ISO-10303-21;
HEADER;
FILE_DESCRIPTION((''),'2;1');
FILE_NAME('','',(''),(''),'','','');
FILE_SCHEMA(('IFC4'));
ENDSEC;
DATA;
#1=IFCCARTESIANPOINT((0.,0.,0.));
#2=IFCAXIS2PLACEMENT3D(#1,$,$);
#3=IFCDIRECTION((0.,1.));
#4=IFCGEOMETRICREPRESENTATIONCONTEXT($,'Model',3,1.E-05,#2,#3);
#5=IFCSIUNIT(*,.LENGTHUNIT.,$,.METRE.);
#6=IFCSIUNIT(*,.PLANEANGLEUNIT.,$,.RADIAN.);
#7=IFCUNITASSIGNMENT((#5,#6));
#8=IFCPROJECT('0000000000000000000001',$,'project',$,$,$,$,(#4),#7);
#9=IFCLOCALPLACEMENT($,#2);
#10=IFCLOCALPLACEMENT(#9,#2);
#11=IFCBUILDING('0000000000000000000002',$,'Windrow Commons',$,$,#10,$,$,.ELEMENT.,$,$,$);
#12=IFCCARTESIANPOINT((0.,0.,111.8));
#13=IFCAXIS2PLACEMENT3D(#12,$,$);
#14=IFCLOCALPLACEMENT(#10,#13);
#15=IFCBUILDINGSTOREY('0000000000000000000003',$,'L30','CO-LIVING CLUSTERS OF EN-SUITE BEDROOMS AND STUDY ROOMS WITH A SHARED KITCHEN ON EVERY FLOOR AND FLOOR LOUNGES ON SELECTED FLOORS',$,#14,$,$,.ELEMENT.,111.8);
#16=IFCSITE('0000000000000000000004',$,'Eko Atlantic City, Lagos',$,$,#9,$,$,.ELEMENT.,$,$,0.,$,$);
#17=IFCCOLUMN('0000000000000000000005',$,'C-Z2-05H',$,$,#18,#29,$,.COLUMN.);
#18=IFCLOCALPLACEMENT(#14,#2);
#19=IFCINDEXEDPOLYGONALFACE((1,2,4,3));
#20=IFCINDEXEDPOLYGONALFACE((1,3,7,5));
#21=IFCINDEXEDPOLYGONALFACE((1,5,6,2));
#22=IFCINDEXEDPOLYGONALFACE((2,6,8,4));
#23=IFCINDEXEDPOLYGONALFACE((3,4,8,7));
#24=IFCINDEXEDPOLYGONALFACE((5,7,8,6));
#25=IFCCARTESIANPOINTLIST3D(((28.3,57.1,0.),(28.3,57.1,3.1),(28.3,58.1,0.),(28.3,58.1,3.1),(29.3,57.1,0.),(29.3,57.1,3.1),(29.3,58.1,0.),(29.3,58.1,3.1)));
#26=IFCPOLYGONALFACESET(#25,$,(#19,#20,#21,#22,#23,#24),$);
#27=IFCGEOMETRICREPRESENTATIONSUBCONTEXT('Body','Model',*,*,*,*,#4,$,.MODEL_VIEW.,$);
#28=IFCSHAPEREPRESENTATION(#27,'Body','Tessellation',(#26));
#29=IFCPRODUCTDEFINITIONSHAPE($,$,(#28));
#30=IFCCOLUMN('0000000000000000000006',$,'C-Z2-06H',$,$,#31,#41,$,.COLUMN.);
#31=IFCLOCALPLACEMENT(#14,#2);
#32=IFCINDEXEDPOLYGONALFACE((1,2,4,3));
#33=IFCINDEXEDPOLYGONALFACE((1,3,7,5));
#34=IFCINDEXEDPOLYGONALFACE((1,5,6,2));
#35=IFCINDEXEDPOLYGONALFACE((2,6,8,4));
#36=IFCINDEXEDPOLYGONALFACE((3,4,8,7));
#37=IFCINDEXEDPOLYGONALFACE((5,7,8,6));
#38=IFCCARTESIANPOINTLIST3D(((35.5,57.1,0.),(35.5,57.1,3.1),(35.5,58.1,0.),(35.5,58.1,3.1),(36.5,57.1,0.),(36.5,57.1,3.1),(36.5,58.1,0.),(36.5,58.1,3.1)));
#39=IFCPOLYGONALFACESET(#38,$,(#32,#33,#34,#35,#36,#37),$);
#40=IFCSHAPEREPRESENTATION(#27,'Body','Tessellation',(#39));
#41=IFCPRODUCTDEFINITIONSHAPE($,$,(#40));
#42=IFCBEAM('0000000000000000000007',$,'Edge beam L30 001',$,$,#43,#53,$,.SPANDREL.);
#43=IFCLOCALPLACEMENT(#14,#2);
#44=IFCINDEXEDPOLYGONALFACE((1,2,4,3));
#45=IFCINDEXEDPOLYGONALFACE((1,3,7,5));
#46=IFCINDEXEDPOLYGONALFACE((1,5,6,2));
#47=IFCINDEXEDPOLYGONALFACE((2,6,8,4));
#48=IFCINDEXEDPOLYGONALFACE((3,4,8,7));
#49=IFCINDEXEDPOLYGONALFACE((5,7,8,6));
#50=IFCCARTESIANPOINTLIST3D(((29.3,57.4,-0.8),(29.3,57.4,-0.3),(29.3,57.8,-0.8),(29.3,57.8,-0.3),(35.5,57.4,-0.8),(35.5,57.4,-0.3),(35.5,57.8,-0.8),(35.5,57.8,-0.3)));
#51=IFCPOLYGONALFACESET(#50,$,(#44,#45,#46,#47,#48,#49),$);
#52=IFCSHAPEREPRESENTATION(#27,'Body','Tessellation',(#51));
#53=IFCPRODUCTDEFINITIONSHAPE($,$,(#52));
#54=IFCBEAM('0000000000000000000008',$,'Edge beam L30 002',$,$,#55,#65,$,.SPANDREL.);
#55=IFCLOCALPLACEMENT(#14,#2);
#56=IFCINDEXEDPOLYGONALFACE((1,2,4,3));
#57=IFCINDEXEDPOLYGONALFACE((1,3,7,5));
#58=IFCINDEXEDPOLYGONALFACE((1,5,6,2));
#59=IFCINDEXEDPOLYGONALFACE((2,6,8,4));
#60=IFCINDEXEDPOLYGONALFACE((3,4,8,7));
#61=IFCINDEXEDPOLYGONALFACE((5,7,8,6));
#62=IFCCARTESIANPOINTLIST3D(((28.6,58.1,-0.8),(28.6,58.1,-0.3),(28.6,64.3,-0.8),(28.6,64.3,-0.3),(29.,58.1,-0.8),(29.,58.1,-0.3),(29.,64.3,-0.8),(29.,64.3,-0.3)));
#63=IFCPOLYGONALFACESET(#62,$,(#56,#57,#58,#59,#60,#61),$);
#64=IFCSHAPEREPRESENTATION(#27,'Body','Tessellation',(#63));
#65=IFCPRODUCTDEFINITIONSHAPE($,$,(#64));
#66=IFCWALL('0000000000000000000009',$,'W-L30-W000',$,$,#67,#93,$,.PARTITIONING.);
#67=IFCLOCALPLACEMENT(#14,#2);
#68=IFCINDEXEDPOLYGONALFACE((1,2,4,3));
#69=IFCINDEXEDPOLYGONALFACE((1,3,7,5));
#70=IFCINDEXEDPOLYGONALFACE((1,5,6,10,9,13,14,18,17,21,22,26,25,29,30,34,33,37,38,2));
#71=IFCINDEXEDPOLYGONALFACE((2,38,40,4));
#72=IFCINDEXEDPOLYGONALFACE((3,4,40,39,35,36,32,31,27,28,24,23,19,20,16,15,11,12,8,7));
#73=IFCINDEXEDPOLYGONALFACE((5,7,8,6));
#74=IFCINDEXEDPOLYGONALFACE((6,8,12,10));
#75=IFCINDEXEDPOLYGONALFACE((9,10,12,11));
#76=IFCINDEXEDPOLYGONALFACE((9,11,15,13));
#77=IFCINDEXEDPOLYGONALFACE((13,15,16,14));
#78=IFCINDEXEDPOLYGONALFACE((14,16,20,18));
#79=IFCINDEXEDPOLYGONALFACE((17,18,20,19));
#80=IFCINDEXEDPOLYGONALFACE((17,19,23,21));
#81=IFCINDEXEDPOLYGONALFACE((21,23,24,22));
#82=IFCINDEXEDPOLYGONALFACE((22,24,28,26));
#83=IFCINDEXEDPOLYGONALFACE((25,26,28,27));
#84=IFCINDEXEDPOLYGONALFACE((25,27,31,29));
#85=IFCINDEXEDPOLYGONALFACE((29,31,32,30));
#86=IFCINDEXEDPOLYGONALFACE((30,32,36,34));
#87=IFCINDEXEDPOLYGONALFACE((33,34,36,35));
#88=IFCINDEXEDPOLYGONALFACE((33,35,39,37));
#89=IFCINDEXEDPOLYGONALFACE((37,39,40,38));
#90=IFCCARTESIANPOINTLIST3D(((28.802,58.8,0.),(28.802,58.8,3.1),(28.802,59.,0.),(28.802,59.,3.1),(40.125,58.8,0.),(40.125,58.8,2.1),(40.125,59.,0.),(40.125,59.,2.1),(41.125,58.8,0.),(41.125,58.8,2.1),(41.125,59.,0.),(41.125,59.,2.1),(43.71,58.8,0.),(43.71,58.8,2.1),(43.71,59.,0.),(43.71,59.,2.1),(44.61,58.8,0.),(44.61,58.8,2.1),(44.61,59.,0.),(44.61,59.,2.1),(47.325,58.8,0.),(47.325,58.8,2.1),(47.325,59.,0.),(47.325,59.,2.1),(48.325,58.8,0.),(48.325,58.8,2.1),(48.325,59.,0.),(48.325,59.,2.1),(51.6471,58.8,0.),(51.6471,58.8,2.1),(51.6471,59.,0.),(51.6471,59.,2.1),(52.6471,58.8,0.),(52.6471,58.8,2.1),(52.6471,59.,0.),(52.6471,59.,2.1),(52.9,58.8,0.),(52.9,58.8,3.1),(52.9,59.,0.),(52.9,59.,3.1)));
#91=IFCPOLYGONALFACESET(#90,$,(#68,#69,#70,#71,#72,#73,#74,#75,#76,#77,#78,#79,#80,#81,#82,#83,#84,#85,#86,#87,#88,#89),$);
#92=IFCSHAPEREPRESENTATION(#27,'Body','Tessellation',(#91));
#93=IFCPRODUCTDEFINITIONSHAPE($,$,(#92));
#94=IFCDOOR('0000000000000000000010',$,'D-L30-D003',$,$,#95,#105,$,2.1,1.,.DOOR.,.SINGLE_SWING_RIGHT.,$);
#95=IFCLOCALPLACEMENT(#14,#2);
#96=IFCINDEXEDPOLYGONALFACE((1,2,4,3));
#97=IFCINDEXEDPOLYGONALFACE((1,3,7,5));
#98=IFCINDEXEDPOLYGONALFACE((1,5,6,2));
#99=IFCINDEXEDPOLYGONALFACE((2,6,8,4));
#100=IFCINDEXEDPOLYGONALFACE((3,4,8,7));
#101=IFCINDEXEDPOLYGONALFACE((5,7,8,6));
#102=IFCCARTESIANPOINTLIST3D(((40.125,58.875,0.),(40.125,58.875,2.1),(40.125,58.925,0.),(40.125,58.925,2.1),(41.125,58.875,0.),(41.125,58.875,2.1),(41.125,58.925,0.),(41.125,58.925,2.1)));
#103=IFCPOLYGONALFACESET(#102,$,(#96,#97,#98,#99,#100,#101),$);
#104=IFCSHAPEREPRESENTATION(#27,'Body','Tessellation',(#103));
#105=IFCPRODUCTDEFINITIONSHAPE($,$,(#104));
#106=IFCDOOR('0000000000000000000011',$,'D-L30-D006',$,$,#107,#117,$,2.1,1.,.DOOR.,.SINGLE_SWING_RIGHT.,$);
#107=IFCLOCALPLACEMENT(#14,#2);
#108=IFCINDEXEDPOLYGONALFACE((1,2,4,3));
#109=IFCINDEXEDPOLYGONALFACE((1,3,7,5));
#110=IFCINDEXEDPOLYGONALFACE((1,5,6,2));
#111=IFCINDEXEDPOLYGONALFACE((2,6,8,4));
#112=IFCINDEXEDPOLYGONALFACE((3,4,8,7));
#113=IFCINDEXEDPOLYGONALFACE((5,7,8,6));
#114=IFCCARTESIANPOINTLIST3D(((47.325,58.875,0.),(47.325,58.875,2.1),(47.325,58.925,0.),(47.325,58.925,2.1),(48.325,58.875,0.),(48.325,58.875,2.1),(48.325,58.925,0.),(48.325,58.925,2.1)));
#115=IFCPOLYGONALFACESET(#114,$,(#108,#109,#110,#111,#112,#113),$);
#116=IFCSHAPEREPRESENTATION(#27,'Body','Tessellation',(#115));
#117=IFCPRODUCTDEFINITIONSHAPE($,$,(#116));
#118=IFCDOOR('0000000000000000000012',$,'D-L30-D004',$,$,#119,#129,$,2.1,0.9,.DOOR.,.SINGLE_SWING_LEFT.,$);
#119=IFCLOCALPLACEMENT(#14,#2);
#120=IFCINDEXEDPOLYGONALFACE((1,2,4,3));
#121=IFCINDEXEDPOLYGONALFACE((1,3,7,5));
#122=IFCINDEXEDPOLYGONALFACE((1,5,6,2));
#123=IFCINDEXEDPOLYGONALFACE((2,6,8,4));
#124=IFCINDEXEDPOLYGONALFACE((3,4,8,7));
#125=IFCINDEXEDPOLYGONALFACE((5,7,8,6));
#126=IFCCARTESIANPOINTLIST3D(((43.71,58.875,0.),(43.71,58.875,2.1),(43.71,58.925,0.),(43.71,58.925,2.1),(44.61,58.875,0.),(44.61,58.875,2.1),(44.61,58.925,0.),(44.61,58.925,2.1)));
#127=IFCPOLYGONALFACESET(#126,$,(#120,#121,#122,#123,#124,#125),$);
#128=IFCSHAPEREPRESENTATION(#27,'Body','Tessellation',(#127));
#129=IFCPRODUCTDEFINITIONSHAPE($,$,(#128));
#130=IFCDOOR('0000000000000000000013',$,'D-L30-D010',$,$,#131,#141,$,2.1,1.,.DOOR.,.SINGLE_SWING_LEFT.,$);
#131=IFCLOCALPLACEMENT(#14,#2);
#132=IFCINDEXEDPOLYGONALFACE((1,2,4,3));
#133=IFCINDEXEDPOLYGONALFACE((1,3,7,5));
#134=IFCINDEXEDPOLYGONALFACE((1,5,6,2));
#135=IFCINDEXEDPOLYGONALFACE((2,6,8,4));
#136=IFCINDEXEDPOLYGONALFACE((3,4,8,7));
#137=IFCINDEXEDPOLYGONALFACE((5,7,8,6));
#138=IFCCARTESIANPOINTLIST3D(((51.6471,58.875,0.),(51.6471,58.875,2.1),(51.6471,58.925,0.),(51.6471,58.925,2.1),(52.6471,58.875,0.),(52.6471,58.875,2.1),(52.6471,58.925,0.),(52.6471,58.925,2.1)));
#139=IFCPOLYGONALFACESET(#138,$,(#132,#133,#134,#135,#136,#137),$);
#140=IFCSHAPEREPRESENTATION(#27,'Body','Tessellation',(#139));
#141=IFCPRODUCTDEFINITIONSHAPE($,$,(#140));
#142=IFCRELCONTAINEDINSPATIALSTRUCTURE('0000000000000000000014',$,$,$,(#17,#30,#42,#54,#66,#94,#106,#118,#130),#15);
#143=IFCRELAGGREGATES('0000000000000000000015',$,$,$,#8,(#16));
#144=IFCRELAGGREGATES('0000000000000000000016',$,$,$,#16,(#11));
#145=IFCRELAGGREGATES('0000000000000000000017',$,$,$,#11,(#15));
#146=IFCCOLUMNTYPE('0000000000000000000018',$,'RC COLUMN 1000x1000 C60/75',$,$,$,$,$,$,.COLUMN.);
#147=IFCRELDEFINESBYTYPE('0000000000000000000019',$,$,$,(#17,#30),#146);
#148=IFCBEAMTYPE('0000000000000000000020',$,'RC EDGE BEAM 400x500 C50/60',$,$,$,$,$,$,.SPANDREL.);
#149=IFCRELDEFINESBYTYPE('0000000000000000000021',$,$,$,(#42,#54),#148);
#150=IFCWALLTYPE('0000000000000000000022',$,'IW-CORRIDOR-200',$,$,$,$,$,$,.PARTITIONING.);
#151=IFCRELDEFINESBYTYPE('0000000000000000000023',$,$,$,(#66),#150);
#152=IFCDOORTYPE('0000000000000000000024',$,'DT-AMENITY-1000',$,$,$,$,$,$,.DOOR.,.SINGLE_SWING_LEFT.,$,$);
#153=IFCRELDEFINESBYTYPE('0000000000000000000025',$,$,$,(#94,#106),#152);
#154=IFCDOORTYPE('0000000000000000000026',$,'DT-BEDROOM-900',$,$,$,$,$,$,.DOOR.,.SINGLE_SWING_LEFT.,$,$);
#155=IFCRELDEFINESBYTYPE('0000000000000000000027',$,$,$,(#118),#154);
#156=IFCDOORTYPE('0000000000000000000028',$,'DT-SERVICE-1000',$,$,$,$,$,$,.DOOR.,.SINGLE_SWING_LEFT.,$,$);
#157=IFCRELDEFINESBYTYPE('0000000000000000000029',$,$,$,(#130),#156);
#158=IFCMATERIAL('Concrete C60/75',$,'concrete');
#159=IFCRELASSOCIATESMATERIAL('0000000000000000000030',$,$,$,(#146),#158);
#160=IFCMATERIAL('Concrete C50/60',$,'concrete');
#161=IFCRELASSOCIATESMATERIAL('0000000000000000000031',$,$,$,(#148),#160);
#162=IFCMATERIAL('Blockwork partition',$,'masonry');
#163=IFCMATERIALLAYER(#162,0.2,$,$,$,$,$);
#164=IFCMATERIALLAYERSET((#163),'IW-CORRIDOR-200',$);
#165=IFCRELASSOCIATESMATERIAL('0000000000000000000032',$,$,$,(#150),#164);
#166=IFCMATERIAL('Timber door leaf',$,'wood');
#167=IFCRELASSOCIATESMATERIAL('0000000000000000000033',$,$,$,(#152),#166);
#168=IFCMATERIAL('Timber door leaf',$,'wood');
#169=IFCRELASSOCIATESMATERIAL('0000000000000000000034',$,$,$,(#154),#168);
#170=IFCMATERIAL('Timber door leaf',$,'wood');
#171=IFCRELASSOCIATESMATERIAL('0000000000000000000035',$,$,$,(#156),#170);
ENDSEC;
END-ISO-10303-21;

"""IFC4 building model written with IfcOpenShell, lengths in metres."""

from ifc_helpers import new_model, si_unit, direction, frame, frame_2d, origin, origin_2d, place, context, subcontext, project, spatial, rectangle, extrude, material, layer, layer_set, material_profile, profile_set, type_object, element, fill, save


model = new_model("IFC4")

# Units and contexts
model_context = context("Model", 3, precision=1e-05, world=origin(), true_north=direction((0.0, 1.0)))
body_context = subcontext(model_context, "Body", "Model", "MODEL_VIEW")
ifc_project = project(units=[si_unit("LENGTHUNIT", "METRE"), si_unit("PLANEANGLEUNIT", "RADIAN")], contexts=[model_context])

# Site, building, storey
site_placement = place(None, origin())
site = spatial("IfcSite", under=ifc_project, at=site_placement, Name="Eko Atlantic City, Lagos", CompositionType="ELEMENT", RefElevation=0.0)
building_placement = place(site_placement, origin())
building = spatial("IfcBuilding", under=site, at=building_placement, Name="Windrow Commons", CompositionType="ELEMENT")
storey_placement = place(building_placement, frame((0.0, 0.0, 111.8)))
storey = spatial("IfcBuildingStorey", under=building, at=storey_placement, Name="L30", Description="CO-LIVING CLUSTERS OF EN-SUITE BEDROOMS AND STUDY ROOMS WITH A SHARED KITCHEN ON EVERY FLOOR AND FLOOR LOUNGES ON SELECTED FLOORS", CompositionType="ELEMENT", Elevation=111.8)

# Columns
ifc_material_1 = material(Name="Concrete C60/75", Category="concrete")
ifc_material_profile_1 = material_profile(ifc_material_1, rectangle(XDim=1.0, YDim=1.0, at=origin_2d()))
ifc_profile_set_1 = profile_set([ifc_material_profile_1], Name="Concrete C60/75")
column_type = type_object("IfcColumnType", Name="RC COLUMN 1000x1000 C60/75", PredefinedType="COLUMN", material=ifc_profile_set_1)
for number, where, z_axis, x_axis, name in (
    (1, (28.8, 57.6, 0.0), (0.0, 0.0, 1.0), (1.0, 0.0, 0.0), "C-Z2-05H"),
    (2, (36.0, 57.6, 0.0), (0.0, 0.0, 1.0), (1.0, 0.0, 0.0), "C-Z2-06H"),
):
    element("IfcColumn", number, at=place(storey_placement, frame(where, z_axis=z_axis, x_axis=x_axis)), inside=storey, type_object=column_type, Name=name, PredefinedType="COLUMN", context=body_context, shape_type="SweptSolid", body=[
        extrude(rectangle(XDim=1.0, YDim=1.0, at=origin_2d()), origin(), (0.0, 0.0, 1.0), 3.1),
    ])

# Beams
ifc_material_2 = material(Name="Concrete C50/60", Category="concrete")
ifc_material_profile_2 = material_profile(ifc_material_2, rectangle(XDim=0.4, YDim=0.5, at=origin_2d()))
ifc_profile_set_2 = profile_set([ifc_material_profile_2], Name="Concrete C50/60")
beam_type = type_object("IfcBeamType", Name="RC EDGE BEAM 400x500 C50/60", PredefinedType="SPANDREL", material=ifc_profile_set_2)
for number, where, z_axis, x_axis, name in (
    (3, (35.5, 57.6, -0.55), (-1.0, 0.0, 0.0), (0.0, -1.0, 0.0), "Edge beam L30 001"),
    (4, (28.8, 58.1, -0.55), (0.0, 1.0, 0.0), (-1.0, 0.0, 0.0), "Edge beam L30 002"),
):
    element("IfcBeam", number, at=place(storey_placement, frame(where, z_axis=z_axis, x_axis=x_axis)), inside=storey, type_object=beam_type, Name=name, PredefinedType="SPANDREL", context=body_context, shape_type="SweptSolid", body=[
        extrude(rectangle(XDim=0.4, YDim=0.5, at=origin_2d()), origin(), (0.0, 0.0, 1.0), 6.2),
    ])

# Wall, openings, doors
ifc_material_3 = material(Name="Blockwork partition", Category="masonry")
ifc_layer_1 = layer(ifc_material_3, 0.2)
ifc_layer_set_1 = layer_set([ifc_layer_1], Name="IW-CORRIDOR-200")
wall_type_1 = type_object("IfcWallType", Name="IW-CORRIDOR-200", PredefinedType="PARTITIONING", material=ifc_layer_set_1)
wall_1_placement = place(storey_placement, frame((28.802, 58.9, 0.0), z_axis=(0.0, 0.0, 1.0), x_axis=(1.0, 0.0, 0.0)))
wall_1 = element("IfcWall", 5, at=wall_1_placement, inside=storey, type_object=wall_type_1, Name="W-L30-W000", PredefinedType="PARTITIONING", context=body_context, shape_type="SweptSolid", body=[
    extrude(rectangle(XDim=24.098, YDim=0.2, at=frame_2d((12.049, 0.0))), origin(), (0.0, 0.0, 1.0), 3.1),
])
opening_1_placement = place(wall_1_placement, frame((11.323, 0.0, 0.0)))
opening_1 = element("IfcOpeningElement", 6, at=opening_1_placement, cuts=wall_1, PredefinedType="OPENING", context=body_context, shape_type="SweptSolid", body=[
    extrude(rectangle(XDim=1.0, YDim=2.1, at=frame_2d((0.5, 1.05))), frame((0.0, 0.11, 0.0), z_axis=(0.0, -1.0, 0.0), x_axis=(1.0, 0.0, 0.0)), (0.0, 0.0, 1.0), 0.22),
])
opening_2_placement = place(wall_1_placement, frame((14.908, 0.0, 0.0)))
opening_2 = element("IfcOpeningElement", 7, at=opening_2_placement, cuts=wall_1, PredefinedType="OPENING", context=body_context, shape_type="SweptSolid", body=[
    extrude(rectangle(XDim=0.9, YDim=2.1, at=frame_2d((0.45, 1.05))), frame((0.0, 0.11, 0.0), z_axis=(0.0, -1.0, 0.0), x_axis=(1.0, 0.0, 0.0)), (0.0, 0.0, 1.0), 0.22),
])
opening_3_placement = place(wall_1_placement, frame((18.523, 0.0, 0.0)))
opening_3 = element("IfcOpeningElement", 8, at=opening_3_placement, cuts=wall_1, PredefinedType="OPENING", context=body_context, shape_type="SweptSolid", body=[
    extrude(rectangle(XDim=1.0, YDim=2.1, at=frame_2d((0.5, 1.05))), frame((0.0, 0.11, 0.0), z_axis=(0.0, -1.0, 0.0), x_axis=(1.0, 0.0, 0.0)), (0.0, 0.0, 1.0), 0.22),
])
opening_4_placement = place(wall_1_placement, frame((22.8451, 0.0, 0.0)))
opening_4 = element("IfcOpeningElement", 9, at=opening_4_placement, cuts=wall_1, PredefinedType="OPENING", context=body_context, shape_type="SweptSolid", body=[
    extrude(rectangle(XDim=1.0, YDim=2.1, at=frame_2d((0.5, 1.05))), frame((0.0, 0.11, 0.0), z_axis=(0.0, -1.0, 0.0), x_axis=(1.0, 0.0, 0.0)), (0.0, 0.0, 1.0), 0.22),
])
ifc_material_4 = material(Name="Timber door leaf", Category="wood")
door_type_1 = type_object("IfcDoorType", Name="DT-AMENITY-1000", OperationType="SINGLE_SWING_LEFT", PredefinedType="DOOR", material=ifc_material_4)
door_1_placement = place(opening_1_placement, origin())
door_1 = element("IfcDoor", 10, at=door_1_placement, inside=storey, type_object=door_type_1, Name="D-L30-D003", OperationType="SINGLE_SWING_RIGHT", OverallHeight=2.1, OverallWidth=1.0, PredefinedType="DOOR", context=body_context, shape_type="SweptSolid", body=[
    extrude(rectangle(XDim=1.0, YDim=2.1, at=frame_2d((0.5, 1.05))), frame((0.0, 0.025, 0.0), z_axis=(0.0, -1.0, 0.0), x_axis=(1.0, 0.0, 0.0)), (0.0, 0.0, 1.0), 0.05),
])
fill(opening_1, door_1)
door_2_placement = place(opening_3_placement, origin())
door_2 = element("IfcDoor", 11, at=door_2_placement, inside=storey, type_object=door_type_1, Name="D-L30-D006", OperationType="SINGLE_SWING_RIGHT", OverallHeight=2.1, OverallWidth=1.0, PredefinedType="DOOR", context=body_context, shape_type="SweptSolid", body=[
    extrude(rectangle(XDim=1.0, YDim=2.1, at=frame_2d((0.5, 1.05))), frame((0.0, 0.025, 0.0), z_axis=(0.0, -1.0, 0.0), x_axis=(1.0, 0.0, 0.0)), (0.0, 0.0, 1.0), 0.05),
])
fill(opening_3, door_2)
ifc_material_5 = material(Name="Timber door leaf", Category="wood")
door_type_2 = type_object("IfcDoorType", Name="DT-BEDROOM-900", OperationType="SINGLE_SWING_LEFT", PredefinedType="DOOR", material=ifc_material_5)
door_3_placement = place(opening_2_placement, origin())
door_3 = element("IfcDoor", 12, at=door_3_placement, inside=storey, type_object=door_type_2, Name="D-L30-D004", OperationType="SINGLE_SWING_LEFT", OverallHeight=2.1, OverallWidth=0.9, PredefinedType="DOOR", context=body_context, shape_type="SweptSolid", body=[
    extrude(rectangle(XDim=0.9, YDim=2.1, at=frame_2d((0.45, 1.05))), frame((0.0, 0.025, 0.0), z_axis=(0.0, -1.0, 0.0), x_axis=(1.0, 0.0, 0.0)), (0.0, 0.0, 1.0), 0.05),
])
fill(opening_2, door_3)
ifc_material_6 = material(Name="Timber door leaf", Category="wood")
door_type_3 = type_object("IfcDoorType", Name="DT-SERVICE-1000", OperationType="SINGLE_SWING_LEFT", PredefinedType="DOOR", material=ifc_material_6)
door_4_placement = place(opening_4_placement, origin())
door_4 = element("IfcDoor", 13, at=door_4_placement, inside=storey, type_object=door_type_3, Name="D-L30-D010", OperationType="SINGLE_SWING_LEFT", OverallHeight=2.1, OverallWidth=1.0, PredefinedType="DOOR", context=body_context, shape_type="SweptSolid", body=[
    extrude(rectangle(XDim=1.0, YDim=2.1, at=frame_2d((0.5, 1.05))), frame((0.0, 0.025, 0.0), z_axis=(0.0, -1.0, 0.0), x_axis=(1.0, 0.0, 0.0)), (0.0, 0.0, 1.0), 0.05),
])
fill(opening_4, door_4)

save(model, "model.ifc")
